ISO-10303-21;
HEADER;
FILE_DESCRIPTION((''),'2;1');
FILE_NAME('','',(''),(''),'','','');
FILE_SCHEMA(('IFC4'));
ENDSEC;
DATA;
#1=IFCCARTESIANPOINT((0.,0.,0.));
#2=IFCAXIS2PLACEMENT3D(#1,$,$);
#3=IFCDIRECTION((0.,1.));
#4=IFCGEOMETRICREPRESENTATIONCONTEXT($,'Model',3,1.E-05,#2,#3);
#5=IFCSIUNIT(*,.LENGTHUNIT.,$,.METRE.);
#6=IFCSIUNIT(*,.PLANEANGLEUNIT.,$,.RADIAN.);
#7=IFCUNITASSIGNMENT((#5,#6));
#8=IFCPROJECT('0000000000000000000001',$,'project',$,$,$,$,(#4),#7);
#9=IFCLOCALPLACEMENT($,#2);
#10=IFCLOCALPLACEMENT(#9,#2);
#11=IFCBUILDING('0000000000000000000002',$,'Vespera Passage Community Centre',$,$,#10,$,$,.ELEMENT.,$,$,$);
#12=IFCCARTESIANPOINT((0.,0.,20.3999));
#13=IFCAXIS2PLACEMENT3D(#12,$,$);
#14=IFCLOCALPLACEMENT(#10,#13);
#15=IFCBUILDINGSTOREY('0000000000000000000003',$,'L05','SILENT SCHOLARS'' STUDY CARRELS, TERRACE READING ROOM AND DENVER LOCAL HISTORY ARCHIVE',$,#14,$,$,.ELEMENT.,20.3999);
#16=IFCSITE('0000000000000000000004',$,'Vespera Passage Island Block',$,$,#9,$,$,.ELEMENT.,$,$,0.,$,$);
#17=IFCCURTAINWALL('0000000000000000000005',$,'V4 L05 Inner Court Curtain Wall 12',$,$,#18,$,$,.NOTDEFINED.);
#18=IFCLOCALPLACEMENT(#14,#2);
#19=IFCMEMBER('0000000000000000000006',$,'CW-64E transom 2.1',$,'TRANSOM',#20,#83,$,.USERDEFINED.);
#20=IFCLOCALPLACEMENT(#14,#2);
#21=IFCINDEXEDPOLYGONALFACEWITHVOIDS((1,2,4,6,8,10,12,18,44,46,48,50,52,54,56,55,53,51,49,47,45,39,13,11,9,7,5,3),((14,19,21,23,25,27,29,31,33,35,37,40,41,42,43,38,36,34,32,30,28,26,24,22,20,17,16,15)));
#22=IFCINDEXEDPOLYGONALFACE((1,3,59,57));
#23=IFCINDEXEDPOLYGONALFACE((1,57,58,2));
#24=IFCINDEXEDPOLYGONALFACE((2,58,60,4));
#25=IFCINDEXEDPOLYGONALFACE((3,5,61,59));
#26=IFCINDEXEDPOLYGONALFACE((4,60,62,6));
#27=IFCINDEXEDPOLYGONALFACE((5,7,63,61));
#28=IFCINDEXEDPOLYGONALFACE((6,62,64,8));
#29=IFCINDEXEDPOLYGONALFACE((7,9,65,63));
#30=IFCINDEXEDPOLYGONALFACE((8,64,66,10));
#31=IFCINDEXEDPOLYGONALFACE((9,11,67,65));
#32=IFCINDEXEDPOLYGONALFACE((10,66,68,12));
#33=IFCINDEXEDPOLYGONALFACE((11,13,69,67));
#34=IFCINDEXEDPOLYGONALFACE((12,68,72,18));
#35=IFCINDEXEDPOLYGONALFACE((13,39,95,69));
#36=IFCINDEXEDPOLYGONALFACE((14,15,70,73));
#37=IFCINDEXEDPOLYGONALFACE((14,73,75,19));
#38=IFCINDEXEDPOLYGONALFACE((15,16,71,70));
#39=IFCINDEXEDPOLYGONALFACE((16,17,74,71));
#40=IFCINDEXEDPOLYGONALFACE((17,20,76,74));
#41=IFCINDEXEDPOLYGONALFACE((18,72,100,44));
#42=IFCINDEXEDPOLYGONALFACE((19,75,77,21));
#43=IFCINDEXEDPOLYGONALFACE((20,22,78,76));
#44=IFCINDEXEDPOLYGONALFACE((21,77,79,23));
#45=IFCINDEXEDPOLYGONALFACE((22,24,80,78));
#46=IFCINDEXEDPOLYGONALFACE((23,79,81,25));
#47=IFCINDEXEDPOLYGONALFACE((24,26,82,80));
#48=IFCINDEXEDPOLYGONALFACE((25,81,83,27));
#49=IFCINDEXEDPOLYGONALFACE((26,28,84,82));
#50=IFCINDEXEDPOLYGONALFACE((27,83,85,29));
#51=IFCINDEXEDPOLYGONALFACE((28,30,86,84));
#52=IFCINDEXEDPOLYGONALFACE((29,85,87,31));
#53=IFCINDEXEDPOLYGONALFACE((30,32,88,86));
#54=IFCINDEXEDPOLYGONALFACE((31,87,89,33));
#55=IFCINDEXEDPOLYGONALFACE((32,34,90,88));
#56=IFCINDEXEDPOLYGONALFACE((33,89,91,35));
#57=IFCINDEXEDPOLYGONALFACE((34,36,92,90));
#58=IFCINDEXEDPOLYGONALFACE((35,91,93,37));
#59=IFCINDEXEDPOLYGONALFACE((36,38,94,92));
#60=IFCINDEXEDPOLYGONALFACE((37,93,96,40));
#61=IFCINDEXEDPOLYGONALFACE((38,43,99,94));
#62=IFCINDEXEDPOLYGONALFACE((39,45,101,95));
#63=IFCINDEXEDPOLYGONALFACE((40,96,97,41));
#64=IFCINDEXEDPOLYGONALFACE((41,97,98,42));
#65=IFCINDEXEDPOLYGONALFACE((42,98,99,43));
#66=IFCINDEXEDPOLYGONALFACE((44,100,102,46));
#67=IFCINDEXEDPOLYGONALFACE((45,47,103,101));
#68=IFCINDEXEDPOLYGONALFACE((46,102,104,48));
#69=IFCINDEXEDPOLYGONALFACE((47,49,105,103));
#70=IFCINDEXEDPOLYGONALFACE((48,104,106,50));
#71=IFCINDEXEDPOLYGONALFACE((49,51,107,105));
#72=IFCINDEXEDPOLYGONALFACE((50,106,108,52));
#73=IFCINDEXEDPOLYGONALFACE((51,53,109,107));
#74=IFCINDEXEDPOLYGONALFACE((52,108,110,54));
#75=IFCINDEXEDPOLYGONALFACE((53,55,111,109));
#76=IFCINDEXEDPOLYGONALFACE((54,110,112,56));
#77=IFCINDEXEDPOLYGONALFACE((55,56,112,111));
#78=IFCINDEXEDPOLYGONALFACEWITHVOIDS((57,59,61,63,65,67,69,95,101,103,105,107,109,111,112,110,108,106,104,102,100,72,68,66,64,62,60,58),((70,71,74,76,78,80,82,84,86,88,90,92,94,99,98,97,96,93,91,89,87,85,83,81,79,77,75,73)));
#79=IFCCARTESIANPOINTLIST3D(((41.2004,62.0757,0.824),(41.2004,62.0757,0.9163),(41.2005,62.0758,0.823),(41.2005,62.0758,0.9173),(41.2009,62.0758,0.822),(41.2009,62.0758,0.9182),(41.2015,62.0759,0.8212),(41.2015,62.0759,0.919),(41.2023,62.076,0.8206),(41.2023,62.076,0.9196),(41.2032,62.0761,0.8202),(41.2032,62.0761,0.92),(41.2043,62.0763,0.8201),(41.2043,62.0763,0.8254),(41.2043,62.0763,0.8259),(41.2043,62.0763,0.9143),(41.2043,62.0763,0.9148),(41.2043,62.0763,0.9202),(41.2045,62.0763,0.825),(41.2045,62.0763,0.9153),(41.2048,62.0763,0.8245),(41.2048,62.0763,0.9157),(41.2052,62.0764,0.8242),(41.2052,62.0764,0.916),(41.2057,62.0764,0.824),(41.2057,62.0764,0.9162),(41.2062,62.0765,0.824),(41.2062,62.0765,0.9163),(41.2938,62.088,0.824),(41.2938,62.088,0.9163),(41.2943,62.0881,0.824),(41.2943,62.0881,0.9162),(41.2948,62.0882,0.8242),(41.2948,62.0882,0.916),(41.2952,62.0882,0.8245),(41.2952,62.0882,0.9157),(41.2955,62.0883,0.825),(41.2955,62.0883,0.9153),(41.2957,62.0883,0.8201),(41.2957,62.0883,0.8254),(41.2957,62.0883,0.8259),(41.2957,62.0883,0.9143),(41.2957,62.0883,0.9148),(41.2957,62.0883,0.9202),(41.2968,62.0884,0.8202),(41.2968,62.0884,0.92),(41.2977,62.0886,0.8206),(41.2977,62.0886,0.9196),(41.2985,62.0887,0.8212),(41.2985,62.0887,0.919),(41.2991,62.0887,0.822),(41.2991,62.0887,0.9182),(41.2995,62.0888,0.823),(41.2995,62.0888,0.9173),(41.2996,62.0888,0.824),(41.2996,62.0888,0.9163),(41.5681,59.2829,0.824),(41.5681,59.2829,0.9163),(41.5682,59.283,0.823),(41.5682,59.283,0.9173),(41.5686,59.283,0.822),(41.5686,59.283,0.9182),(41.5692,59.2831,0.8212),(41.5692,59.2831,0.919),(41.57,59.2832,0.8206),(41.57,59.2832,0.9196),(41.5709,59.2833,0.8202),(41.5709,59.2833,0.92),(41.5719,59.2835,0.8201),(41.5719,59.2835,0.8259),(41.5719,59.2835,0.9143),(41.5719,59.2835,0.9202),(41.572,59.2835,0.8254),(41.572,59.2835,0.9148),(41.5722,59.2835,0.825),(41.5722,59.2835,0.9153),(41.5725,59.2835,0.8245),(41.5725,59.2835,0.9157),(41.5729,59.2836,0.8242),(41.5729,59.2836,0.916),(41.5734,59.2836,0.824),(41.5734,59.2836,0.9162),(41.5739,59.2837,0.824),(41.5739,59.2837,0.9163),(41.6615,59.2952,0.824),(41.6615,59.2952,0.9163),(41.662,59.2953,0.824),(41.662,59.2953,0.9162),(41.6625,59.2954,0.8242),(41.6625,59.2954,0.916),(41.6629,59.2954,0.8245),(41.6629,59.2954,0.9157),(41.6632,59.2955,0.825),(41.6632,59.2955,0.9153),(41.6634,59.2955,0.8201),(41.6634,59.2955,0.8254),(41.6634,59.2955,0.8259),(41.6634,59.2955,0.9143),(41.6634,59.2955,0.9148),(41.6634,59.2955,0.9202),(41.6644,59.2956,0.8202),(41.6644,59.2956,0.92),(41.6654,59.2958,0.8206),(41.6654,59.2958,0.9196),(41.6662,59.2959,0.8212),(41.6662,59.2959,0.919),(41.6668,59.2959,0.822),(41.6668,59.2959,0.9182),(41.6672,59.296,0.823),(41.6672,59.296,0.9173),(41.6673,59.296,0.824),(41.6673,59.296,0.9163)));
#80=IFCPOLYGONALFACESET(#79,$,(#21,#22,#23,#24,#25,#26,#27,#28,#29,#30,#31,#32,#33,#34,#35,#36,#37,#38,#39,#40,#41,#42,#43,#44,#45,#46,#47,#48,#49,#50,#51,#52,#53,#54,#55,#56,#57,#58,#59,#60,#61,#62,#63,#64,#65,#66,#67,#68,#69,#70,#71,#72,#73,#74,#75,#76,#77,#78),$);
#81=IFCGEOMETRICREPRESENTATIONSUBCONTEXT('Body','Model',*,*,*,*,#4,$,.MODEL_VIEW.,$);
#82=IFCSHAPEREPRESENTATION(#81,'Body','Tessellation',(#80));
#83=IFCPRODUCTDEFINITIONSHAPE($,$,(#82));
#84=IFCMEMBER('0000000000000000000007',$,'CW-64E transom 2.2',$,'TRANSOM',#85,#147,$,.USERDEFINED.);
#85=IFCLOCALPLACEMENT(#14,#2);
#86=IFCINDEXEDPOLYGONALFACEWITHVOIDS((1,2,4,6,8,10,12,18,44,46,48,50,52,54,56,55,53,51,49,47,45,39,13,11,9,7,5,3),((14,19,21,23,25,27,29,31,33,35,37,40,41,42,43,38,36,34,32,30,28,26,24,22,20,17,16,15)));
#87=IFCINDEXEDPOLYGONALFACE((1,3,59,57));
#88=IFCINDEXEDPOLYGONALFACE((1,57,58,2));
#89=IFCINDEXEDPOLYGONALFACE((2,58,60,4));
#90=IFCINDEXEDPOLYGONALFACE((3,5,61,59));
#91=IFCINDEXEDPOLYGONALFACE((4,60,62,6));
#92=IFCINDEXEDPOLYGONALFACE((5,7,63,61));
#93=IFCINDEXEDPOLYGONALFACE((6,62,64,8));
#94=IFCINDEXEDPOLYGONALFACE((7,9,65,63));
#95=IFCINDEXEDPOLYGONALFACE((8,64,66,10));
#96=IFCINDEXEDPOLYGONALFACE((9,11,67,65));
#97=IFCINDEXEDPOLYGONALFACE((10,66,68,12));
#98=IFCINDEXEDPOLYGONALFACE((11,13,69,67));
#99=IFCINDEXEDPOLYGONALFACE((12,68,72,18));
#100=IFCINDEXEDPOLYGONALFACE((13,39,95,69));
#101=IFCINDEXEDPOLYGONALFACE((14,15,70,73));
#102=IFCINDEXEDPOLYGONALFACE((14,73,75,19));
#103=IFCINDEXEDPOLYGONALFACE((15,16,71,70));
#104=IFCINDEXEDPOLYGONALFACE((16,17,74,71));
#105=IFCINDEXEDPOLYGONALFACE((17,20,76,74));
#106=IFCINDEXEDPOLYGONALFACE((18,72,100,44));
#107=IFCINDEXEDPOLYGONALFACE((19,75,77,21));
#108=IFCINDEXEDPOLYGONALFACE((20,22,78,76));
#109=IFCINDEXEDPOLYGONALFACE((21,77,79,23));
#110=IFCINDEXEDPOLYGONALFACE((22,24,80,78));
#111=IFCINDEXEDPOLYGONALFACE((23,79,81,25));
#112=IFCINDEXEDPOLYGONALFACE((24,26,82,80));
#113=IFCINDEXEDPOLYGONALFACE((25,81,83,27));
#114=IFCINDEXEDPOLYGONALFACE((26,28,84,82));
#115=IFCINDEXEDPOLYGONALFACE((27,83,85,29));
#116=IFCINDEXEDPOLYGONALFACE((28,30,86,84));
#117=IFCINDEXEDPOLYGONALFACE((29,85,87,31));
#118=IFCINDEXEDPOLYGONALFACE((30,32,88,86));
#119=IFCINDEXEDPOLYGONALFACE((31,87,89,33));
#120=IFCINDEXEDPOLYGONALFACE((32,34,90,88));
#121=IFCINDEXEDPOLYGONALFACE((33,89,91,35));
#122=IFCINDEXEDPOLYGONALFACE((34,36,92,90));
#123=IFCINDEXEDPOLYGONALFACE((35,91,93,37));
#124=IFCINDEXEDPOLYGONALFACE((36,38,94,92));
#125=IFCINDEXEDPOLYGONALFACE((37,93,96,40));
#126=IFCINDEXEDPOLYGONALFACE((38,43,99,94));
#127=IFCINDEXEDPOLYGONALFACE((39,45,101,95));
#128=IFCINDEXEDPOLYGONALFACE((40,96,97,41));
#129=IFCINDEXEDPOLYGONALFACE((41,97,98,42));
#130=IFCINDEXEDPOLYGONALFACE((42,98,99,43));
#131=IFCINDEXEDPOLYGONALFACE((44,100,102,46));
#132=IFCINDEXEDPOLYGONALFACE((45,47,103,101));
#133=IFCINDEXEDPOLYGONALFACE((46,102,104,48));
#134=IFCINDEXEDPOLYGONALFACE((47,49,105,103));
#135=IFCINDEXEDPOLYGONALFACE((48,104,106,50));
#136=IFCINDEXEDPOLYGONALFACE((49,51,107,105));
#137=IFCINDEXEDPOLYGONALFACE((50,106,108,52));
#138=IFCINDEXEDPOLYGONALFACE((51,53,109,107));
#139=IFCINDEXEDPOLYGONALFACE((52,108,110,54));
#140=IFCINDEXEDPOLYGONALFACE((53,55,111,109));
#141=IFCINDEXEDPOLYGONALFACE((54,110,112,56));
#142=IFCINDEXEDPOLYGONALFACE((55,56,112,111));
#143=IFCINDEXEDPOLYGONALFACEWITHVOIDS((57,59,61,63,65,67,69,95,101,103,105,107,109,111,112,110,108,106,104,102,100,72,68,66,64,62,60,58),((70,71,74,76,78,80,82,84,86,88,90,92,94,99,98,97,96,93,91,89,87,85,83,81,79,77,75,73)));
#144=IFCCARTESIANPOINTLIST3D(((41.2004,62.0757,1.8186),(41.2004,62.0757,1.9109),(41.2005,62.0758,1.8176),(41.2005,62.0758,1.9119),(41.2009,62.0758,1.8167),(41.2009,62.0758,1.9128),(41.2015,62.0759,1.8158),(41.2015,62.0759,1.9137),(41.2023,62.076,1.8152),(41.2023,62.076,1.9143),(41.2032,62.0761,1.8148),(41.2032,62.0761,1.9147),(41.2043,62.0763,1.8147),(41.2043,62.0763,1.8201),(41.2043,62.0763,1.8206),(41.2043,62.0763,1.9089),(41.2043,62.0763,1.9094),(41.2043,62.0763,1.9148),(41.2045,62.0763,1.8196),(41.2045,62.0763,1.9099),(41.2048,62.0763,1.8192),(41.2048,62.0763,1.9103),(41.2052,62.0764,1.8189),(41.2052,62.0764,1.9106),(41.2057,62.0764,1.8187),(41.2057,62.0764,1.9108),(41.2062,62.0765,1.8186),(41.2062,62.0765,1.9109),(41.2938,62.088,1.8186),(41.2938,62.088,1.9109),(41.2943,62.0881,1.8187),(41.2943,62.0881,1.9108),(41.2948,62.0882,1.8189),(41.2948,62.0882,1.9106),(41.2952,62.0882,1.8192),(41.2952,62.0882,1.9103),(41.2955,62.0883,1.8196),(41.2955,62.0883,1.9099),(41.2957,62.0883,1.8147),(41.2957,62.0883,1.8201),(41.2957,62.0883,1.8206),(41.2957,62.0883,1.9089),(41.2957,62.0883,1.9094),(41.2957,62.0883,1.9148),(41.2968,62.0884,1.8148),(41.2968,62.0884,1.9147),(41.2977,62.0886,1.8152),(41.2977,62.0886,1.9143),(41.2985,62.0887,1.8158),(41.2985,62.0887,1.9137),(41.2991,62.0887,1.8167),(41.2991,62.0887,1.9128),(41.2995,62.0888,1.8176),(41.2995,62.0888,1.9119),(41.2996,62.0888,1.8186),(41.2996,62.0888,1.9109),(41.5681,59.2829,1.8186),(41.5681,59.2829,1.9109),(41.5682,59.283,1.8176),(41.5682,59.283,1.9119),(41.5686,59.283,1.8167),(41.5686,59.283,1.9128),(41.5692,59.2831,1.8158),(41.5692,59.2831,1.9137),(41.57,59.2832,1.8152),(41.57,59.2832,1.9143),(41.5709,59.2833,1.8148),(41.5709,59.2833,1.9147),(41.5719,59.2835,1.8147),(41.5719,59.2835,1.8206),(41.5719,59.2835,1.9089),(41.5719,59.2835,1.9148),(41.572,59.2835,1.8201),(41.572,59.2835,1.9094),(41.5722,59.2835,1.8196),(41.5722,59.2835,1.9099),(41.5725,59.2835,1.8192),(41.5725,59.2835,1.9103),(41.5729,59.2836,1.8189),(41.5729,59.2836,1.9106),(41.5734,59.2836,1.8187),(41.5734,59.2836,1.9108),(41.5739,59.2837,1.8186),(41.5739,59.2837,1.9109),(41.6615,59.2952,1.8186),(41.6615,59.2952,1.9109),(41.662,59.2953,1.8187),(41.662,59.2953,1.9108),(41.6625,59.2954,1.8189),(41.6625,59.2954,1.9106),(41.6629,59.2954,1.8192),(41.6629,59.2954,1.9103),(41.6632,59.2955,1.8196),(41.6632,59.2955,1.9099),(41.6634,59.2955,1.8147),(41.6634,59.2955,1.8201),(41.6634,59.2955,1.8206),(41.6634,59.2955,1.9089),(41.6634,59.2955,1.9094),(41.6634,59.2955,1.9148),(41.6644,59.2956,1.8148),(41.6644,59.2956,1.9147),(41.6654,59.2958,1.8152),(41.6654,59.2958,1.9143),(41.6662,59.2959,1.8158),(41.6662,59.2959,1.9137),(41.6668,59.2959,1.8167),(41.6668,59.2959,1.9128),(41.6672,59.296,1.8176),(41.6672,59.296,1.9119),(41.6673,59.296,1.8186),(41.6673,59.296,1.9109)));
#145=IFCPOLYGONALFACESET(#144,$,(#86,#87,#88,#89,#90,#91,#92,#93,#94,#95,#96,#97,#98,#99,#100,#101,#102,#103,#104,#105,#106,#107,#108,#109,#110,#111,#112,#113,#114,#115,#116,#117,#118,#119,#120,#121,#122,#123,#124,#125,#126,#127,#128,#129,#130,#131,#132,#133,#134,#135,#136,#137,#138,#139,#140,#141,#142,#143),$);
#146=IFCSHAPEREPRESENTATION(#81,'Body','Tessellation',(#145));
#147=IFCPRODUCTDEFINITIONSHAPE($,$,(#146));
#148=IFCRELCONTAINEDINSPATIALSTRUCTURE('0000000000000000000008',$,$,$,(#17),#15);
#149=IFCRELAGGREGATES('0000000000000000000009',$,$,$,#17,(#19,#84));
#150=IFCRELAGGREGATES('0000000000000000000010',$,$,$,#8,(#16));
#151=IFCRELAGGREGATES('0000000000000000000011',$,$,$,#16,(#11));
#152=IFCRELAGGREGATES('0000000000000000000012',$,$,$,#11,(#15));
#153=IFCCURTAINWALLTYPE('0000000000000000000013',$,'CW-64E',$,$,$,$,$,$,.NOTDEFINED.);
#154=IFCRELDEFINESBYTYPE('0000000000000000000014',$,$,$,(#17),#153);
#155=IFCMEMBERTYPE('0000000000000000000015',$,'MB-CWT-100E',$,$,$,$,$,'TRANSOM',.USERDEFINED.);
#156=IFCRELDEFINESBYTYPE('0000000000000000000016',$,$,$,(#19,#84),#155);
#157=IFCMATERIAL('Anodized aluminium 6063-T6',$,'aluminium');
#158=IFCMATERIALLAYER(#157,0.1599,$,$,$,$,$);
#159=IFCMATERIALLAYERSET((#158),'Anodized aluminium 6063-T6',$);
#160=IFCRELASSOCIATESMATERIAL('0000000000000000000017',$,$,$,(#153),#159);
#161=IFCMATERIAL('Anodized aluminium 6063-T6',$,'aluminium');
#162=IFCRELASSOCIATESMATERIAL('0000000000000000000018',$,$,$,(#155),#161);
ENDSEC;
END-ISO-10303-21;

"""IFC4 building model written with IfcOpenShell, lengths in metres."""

from ifc_helpers import new_model, si_unit, direction, frame, origin, origin_2d, place, context, subcontext, project, spatial, hollow_rectangle, extrude, material, layer, layer_set, material_profile, profile_set, type_object, element, aggregate, save


model = new_model("IFC4")

# Units and contexts
model_context = context("Model", 3, precision=1e-05, world=origin(), true_north=direction((0.0, 1.0)))
body_context = subcontext(model_context, "Body", "Model", "MODEL_VIEW")
ifc_project = project(units=[si_unit("LENGTHUNIT", "METRE"), si_unit("PLANEANGLEUNIT", "RADIAN")], contexts=[model_context])

# Site, building, storey
site_placement = place(None, origin())
site = spatial("IfcSite", under=ifc_project, at=site_placement, Name="Vespera Passage Island Block", CompositionType="ELEMENT", RefElevation=0.0)
building_placement = place(site_placement, origin())
building = spatial("IfcBuilding", under=site, at=building_placement, Name="Vespera Passage Community Centre", CompositionType="ELEMENT")
storey_placement = place(building_placement, frame((0.0, 0.0, 20.3999)))
storey = spatial("IfcBuildingStorey", under=building, at=storey_placement, Name="L05", Description="SILENT SCHOLARS' STUDY CARRELS, TERRACE READING ROOM AND DENVER LOCAL HISTORY ARCHIVE", CompositionType="ELEMENT", Elevation=20.3999)

# Curtain wall, members
ifc_material_1 = material(Name="Anodized aluminium 6063-T6", Category="aluminium")
ifc_layer_1 = layer(ifc_material_1, 0.1599)
ifc_layer_set_1 = layer_set([ifc_layer_1], Name="Anodized aluminium 6063-T6")
curtain_wall_type_1 = type_object("IfcCurtainWallType", Name="CW-64E", PredefinedType="NOTDEFINED", material=ifc_layer_set_1)
curtain_wall_1_placement = place(storey_placement, origin())
curtain_wall_1 = element("IfcCurtainWall", 1, at=curtain_wall_1_placement, inside=storey, type_object=curtain_wall_type_1, Name="V4 L05 Inner Court Curtain Wall 12", PredefinedType="NOTDEFINED")
ifc_material_2 = material(Name="Anodized aluminium 6063-T6", Category="aluminium")
ifc_material_profile_1 = material_profile(ifc_material_2, hollow_rectangle(XDim=0.1001, YDim=0.1001, WallThickness=0.0039, InnerFilletRadius=0.002, OuterFilletRadius=0.0039, at=origin_2d()), Name="ALU100X100X4")
ifc_profile_set_1 = profile_set([ifc_material_profile_1], Name="Anodized aluminium 6063-T6")
member_type_1 = type_object("IfcMemberType", Name="MB-CWT-100E", ElementType="TRANSOM", PredefinedType="USERDEFINED", material=ifc_profile_set_1)
member_1_placement = place(storey_placement, frame((41.25, 62.0823, 0.8701), z_axis=(0.130528, -0.991445, 0.0), x_axis=(0.991445, 0.130528, 0.0)))
member_1 = element("IfcMember", 2, at=member_1_placement, type_object=member_type_1, Name="CW-64E transom 2.1", ObjectType="TRANSOM", PredefinedType="USERDEFINED", context=body_context, shape_type="SweptSolid", body=[
    extrude(hollow_rectangle(XDim=0.1001, YDim=0.1001, WallThickness=0.0039, InnerFilletRadius=0.002, OuterFilletRadius=0.0039, at=origin_2d()), origin(), (0.0, 0.0, 1.0), 2.8169),
])
member_2_placement = place(storey_placement, frame((41.25, 62.0823, 1.8647), z_axis=(0.130528, -0.991445, 0.0), x_axis=(0.991445, 0.130528, 0.0)))
member_2 = element("IfcMember", 3, at=member_2_placement, type_object=member_type_1, Name="CW-64E transom 2.2", ObjectType="TRANSOM", PredefinedType="USERDEFINED", context=body_context, shape_type="SweptSolid", body=[
    extrude(hollow_rectangle(XDim=0.1001, YDim=0.1001, WallThickness=0.0039, InnerFilletRadius=0.002, OuterFilletRadius=0.0039, at=origin_2d()), origin(), (0.0, 0.0, 1.0), 2.8169),
])

aggregate(curtain_wall_1, [member_1, member_2])

save(model, "model.ifc")
